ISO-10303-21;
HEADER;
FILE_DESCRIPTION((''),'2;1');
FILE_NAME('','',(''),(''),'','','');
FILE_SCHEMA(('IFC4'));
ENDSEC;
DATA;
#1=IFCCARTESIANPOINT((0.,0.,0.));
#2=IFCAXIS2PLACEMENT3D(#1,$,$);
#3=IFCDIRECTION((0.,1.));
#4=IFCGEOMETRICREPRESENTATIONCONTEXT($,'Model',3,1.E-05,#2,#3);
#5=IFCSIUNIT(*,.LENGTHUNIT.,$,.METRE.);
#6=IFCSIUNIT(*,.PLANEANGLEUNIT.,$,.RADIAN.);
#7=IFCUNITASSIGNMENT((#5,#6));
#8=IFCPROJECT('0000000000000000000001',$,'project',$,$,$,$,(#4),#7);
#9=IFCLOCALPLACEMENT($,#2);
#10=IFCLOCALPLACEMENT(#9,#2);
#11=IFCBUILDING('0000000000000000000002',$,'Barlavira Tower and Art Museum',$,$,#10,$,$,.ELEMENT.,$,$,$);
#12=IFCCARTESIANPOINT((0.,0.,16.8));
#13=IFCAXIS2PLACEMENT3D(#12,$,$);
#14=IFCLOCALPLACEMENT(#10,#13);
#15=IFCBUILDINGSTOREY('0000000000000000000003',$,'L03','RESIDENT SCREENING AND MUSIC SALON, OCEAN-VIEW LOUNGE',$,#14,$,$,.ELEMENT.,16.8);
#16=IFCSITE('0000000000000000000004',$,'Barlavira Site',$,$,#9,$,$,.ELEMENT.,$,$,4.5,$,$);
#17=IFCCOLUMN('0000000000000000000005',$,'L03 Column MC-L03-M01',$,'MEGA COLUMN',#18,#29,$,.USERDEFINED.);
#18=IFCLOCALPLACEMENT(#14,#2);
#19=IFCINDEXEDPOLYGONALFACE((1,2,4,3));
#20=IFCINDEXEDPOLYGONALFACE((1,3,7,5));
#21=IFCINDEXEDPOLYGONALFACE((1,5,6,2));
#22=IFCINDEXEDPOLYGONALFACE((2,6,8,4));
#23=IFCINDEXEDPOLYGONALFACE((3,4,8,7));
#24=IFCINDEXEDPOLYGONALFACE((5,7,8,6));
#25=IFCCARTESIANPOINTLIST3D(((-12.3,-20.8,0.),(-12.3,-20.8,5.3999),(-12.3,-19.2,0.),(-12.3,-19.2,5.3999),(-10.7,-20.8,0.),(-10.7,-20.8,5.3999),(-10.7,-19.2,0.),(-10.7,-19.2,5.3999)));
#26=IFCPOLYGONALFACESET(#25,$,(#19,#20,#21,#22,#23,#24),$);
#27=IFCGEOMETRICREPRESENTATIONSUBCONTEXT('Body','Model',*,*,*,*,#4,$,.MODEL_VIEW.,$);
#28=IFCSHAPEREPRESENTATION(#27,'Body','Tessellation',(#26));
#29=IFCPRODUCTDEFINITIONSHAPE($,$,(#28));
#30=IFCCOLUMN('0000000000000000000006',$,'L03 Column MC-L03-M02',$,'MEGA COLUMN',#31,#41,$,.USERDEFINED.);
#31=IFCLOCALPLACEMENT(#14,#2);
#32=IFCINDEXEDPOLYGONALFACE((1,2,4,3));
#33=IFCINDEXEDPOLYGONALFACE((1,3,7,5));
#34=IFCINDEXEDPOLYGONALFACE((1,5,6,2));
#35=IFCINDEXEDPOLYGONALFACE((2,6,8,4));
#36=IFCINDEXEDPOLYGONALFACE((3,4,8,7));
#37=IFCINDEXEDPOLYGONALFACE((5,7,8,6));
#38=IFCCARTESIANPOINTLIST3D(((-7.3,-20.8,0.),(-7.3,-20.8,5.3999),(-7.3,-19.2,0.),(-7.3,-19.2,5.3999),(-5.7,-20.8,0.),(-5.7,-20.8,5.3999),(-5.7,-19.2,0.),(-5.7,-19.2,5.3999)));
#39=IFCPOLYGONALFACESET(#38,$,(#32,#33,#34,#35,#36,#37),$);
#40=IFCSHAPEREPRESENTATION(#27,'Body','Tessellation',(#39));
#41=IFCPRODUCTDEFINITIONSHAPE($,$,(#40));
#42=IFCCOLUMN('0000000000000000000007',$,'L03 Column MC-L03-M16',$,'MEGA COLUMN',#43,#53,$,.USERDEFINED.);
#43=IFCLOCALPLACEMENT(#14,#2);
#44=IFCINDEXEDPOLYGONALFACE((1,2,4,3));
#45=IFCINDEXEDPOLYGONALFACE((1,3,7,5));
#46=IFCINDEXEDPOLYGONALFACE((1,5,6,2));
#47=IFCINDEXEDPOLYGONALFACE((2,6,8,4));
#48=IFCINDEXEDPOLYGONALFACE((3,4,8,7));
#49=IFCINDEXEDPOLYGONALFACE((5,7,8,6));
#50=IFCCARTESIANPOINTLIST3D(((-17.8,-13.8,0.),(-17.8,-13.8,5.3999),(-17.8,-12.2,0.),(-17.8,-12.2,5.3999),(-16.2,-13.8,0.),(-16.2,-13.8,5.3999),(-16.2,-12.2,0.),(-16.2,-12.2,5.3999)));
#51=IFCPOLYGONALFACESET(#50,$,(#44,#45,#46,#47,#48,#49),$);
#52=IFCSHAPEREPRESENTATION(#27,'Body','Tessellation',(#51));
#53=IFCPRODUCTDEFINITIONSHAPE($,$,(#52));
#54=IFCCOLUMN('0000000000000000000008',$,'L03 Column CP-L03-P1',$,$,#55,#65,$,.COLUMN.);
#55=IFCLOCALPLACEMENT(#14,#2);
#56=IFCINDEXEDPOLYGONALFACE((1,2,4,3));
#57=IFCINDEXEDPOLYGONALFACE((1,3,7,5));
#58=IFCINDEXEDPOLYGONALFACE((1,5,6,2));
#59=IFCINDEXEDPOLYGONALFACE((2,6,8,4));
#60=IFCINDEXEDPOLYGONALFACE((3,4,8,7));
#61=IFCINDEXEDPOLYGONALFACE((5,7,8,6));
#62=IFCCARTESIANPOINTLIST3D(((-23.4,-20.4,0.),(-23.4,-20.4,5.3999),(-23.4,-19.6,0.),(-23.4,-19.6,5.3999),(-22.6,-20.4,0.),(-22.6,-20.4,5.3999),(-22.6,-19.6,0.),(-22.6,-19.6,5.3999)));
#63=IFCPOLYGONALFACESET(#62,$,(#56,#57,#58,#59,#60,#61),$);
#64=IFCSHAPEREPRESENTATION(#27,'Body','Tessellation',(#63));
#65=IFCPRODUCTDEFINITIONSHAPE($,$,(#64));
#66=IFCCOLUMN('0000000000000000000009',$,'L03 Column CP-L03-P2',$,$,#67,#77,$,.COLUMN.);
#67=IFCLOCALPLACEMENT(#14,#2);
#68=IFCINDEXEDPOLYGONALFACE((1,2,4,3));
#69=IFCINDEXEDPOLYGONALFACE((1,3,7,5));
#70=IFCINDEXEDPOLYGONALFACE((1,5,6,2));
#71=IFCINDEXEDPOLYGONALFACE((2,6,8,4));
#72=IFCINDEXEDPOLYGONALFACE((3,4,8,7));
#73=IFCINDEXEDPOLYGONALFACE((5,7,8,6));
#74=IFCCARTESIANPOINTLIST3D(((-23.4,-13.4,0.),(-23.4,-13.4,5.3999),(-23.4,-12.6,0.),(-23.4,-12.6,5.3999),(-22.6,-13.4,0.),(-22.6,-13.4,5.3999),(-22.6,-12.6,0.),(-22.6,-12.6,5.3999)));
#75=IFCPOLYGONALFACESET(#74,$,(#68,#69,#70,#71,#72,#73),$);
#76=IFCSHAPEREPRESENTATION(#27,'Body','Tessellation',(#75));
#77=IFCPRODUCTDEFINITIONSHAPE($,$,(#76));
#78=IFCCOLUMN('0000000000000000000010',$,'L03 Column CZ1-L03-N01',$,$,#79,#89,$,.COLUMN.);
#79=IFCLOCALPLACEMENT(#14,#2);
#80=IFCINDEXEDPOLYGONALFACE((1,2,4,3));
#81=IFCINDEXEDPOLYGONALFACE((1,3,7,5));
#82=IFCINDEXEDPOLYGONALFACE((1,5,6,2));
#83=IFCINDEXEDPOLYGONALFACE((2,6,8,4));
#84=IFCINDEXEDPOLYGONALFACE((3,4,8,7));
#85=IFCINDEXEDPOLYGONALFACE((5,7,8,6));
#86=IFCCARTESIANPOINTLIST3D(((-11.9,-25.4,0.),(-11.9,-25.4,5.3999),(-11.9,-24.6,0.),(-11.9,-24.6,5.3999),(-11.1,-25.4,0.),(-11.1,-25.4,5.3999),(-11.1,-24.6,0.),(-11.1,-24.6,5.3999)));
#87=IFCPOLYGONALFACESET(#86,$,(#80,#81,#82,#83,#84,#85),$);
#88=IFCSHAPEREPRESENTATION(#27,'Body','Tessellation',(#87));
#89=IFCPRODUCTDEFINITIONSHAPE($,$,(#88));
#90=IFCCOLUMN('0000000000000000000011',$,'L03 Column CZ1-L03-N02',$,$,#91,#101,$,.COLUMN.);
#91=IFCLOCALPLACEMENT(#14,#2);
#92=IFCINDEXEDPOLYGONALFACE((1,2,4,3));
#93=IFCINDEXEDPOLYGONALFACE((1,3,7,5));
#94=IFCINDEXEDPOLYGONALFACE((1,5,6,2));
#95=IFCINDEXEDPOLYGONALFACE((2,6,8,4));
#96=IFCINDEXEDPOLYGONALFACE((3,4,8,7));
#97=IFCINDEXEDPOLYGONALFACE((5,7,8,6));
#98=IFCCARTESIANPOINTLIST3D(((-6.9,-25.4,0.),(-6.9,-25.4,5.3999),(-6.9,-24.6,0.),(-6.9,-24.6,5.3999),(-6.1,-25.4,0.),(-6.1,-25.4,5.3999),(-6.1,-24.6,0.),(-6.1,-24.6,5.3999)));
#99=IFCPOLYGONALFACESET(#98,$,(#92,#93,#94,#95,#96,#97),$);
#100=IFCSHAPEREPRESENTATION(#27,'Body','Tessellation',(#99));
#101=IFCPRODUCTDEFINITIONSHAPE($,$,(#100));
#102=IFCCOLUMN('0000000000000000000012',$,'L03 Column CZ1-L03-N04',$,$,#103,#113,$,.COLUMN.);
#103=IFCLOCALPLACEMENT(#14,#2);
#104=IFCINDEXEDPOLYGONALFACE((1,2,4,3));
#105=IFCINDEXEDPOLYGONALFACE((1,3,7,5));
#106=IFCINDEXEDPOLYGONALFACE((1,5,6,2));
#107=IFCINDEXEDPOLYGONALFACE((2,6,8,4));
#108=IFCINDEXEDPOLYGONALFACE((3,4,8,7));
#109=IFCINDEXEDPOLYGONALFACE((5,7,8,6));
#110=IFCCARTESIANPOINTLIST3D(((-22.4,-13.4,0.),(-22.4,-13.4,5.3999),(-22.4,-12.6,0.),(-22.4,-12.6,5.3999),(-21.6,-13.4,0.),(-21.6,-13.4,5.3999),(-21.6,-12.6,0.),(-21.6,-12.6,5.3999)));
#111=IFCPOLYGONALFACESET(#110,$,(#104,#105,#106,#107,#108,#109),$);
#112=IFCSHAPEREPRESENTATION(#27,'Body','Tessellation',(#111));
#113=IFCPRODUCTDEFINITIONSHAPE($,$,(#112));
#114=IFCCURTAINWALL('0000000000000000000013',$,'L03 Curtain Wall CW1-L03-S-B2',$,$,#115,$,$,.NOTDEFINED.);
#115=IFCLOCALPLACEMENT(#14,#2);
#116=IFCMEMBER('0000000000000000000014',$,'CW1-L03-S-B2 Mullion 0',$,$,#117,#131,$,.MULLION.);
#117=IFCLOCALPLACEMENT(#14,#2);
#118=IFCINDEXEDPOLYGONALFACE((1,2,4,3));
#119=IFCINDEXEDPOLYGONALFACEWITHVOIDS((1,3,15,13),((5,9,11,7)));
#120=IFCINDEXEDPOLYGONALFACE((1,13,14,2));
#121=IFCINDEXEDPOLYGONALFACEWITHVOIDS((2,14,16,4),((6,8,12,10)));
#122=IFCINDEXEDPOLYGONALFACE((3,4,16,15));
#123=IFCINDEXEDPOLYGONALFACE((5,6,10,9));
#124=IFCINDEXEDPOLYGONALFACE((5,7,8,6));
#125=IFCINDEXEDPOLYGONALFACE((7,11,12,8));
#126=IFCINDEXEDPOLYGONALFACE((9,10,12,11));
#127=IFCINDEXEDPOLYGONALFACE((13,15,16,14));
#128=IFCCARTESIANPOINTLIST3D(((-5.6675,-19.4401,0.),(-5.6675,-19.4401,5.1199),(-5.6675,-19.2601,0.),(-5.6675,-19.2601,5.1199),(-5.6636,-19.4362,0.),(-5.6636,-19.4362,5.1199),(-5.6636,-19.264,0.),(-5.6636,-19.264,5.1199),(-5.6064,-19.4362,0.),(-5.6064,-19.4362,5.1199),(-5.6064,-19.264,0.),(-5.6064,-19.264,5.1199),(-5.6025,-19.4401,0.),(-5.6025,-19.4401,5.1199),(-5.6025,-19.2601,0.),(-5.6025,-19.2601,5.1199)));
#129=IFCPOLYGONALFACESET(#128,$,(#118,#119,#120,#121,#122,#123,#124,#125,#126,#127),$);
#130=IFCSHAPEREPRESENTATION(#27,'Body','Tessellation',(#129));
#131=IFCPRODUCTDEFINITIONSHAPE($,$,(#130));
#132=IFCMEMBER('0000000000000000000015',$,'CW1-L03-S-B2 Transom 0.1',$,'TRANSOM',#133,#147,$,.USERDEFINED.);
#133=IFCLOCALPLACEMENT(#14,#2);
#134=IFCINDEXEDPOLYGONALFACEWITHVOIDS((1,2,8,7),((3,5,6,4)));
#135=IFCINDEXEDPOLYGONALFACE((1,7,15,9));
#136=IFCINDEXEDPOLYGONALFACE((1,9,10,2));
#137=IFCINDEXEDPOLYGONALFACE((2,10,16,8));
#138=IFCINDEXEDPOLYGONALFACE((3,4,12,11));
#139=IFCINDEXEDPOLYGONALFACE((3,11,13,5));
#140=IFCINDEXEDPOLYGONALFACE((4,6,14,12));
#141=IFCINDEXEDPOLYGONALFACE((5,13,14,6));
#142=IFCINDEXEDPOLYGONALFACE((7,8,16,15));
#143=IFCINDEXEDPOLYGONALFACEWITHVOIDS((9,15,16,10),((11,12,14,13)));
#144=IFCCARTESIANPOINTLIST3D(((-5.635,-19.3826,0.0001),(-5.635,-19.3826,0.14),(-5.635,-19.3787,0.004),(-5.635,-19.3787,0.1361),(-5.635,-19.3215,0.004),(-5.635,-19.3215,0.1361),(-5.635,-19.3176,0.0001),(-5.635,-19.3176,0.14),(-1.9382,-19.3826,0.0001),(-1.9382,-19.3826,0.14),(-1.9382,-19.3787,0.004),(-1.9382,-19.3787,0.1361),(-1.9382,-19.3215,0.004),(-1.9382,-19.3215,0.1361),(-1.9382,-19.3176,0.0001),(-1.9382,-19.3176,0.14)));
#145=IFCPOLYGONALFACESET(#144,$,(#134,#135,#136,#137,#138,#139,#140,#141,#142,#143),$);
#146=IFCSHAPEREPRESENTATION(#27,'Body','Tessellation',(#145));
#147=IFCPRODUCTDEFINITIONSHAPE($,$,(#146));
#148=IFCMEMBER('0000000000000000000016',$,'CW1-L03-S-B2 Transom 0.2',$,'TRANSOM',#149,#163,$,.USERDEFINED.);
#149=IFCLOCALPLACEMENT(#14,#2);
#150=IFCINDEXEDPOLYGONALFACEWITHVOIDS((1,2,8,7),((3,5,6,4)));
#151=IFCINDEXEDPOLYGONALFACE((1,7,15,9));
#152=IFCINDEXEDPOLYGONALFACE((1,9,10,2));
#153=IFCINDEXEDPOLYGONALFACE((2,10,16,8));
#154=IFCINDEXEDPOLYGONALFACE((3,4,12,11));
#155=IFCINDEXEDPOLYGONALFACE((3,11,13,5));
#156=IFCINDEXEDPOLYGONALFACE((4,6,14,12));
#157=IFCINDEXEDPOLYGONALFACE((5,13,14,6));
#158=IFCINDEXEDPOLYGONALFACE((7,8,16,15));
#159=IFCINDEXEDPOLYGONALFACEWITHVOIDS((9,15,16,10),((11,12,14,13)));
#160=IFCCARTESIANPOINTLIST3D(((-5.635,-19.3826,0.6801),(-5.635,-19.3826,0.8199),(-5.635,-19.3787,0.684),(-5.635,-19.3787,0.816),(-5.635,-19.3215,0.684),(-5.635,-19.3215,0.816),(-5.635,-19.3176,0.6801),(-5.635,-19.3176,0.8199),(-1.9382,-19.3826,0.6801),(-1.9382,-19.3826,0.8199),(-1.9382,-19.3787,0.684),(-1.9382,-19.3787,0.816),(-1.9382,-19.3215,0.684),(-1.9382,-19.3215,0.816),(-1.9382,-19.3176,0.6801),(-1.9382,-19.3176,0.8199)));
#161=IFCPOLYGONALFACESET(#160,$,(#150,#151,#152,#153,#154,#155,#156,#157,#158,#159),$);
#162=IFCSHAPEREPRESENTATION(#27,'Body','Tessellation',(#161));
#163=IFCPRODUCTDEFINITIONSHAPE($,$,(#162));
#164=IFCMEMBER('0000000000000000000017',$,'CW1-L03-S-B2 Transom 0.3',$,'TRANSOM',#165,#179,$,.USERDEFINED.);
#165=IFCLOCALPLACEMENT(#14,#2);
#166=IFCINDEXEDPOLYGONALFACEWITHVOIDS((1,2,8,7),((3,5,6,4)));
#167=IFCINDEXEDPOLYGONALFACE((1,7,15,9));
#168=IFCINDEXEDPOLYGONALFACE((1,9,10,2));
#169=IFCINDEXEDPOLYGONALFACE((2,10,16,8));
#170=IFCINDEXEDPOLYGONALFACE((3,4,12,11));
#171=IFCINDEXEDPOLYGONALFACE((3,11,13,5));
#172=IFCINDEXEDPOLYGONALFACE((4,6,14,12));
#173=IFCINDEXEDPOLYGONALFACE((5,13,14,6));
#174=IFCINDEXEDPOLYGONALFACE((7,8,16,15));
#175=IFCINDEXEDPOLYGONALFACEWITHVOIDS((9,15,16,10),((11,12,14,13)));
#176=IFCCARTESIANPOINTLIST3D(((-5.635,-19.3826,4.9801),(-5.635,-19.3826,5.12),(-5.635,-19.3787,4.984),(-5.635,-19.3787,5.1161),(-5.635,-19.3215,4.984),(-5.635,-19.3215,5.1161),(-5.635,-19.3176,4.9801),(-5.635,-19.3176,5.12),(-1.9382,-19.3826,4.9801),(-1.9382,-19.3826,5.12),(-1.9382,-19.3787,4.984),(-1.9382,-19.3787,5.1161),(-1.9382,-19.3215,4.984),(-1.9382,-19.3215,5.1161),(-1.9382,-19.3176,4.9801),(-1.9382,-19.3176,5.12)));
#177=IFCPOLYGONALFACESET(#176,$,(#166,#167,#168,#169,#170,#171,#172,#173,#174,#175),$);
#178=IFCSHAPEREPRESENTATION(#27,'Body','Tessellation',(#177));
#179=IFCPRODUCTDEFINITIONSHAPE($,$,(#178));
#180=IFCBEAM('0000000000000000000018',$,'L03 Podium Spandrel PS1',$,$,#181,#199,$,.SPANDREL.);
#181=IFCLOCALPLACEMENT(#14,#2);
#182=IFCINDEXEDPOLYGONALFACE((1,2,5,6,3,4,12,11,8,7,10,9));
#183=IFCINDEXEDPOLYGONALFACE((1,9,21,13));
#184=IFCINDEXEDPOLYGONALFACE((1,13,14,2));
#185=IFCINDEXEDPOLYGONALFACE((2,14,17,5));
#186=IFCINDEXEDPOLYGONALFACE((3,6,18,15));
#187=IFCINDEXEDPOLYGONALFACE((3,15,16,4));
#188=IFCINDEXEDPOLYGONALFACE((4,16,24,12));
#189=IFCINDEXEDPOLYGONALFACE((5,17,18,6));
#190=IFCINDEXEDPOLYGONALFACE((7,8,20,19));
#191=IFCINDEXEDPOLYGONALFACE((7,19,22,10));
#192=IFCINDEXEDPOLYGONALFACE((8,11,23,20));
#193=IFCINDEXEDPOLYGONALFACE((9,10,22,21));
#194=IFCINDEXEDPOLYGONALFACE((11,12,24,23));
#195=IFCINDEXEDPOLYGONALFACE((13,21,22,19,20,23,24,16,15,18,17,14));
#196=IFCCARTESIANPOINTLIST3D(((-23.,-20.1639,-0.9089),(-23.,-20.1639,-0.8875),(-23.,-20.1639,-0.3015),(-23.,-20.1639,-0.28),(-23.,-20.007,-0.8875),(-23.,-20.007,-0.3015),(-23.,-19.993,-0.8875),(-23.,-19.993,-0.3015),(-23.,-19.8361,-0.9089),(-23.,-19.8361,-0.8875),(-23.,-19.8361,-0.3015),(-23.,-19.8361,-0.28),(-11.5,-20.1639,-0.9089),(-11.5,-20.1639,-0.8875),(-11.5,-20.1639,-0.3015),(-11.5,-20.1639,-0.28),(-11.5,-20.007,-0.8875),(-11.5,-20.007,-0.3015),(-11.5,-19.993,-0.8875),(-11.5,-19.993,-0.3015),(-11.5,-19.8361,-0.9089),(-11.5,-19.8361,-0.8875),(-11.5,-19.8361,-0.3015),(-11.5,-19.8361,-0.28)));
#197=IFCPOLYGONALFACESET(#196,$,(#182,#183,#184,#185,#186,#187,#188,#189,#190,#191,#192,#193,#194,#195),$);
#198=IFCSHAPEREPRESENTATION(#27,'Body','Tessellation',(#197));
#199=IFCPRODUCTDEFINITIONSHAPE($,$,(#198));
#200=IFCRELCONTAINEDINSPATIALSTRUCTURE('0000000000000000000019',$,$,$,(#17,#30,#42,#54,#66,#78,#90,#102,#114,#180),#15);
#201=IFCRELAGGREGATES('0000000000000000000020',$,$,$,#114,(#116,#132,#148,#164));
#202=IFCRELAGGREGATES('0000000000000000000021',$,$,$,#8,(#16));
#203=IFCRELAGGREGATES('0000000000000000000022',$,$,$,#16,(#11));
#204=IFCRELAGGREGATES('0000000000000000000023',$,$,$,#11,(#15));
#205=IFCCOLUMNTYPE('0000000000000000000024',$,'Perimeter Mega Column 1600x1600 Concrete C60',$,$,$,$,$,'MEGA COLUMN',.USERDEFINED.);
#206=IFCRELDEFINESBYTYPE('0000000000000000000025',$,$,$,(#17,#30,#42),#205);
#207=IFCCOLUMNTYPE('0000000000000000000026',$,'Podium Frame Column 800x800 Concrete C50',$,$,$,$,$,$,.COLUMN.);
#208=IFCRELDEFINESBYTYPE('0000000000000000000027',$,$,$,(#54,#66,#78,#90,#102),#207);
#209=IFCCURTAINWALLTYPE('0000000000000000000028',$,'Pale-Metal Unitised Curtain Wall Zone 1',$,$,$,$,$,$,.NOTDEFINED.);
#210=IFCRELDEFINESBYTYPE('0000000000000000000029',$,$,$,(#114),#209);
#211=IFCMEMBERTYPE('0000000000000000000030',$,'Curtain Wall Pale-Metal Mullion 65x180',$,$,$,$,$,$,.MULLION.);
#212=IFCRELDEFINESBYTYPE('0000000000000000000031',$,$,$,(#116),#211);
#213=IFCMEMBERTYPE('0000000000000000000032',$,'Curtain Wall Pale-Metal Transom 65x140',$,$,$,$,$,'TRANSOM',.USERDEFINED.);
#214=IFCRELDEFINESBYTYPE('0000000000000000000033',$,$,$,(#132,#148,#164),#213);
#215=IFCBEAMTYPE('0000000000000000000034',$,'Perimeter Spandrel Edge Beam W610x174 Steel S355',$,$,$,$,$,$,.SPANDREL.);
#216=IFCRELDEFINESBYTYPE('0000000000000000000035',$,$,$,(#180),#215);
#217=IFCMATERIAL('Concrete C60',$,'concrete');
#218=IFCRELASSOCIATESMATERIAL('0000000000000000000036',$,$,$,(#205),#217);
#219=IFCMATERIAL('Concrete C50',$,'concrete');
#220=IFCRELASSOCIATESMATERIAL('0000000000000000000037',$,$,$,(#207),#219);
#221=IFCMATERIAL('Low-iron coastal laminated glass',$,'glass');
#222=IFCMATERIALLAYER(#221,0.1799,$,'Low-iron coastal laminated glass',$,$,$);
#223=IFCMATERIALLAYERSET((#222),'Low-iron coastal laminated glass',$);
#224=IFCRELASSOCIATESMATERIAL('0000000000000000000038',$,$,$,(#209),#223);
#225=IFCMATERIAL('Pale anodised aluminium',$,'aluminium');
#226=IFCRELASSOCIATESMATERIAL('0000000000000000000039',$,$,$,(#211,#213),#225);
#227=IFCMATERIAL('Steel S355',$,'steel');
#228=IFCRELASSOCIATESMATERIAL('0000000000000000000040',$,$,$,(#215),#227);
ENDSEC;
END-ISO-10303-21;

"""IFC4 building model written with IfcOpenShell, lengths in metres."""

from ifc_helpers import new_model, si_unit, direction, frame, origin, origin_2d, place, context, subcontext, project, spatial, rectangle, hollow_rectangle, i_section, extrude, material, layer, layer_set, material_profile, profile_set, type_object, element, aggregate, save


model = new_model("IFC4")

# Units and contexts
model_context = context("Model", 3, precision=1e-05, world=origin(), true_north=direction((0.0, 1.0)))
body_context = subcontext(model_context, "Body", "Model", "MODEL_VIEW")
ifc_project = project(units=[si_unit("LENGTHUNIT", "METRE"), si_unit("PLANEANGLEUNIT", "RADIAN")], contexts=[model_context])

# Site, building, storey
site_placement = place(None, origin())
site = spatial("IfcSite", under=ifc_project, at=site_placement, Name="Barlavira Site", CompositionType="ELEMENT", RefElevation=4.5)
building_placement = place(site_placement, origin())
building = spatial("IfcBuilding", under=site, at=building_placement, Name="Barlavira Tower and Art Museum", CompositionType="ELEMENT")
storey_placement = place(building_placement, frame((0.0, 0.0, 16.8)))
storey = spatial("IfcBuildingStorey", under=building, at=storey_placement, Name="L03", Description="RESIDENT SCREENING AND MUSIC SALON, OCEAN-VIEW LOUNGE", CompositionType="ELEMENT", Elevation=16.8)

# Columns
ifc_material_1 = material(Name="Concrete C60", Category="concrete")
ifc_material_profile_1 = material_profile(ifc_material_1, rectangle(XDim=1.6001, YDim=1.6001, at=origin_2d()), Name="RC-MCOL 1600x1600")
ifc_profile_set_1 = profile_set([ifc_material_profile_1], Name="Concrete C60")
column_type_1 = type_object("IfcColumnType", Name="Perimeter Mega Column 1600x1600 Concrete C60", ElementType="MEGA COLUMN", PredefinedType="USERDEFINED", material=ifc_profile_set_1)
for number, where, z_axis, x_axis, name in (
    (1, (-11.5, -20.0, 0.0), (0.0, 0.0, 1.0), (1.0, 0.0, 0.0), "L03 Column MC-L03-M01"),
    (2, (-6.5, -20.0, 0.0), (0.0, 0.0, 1.0), (1.0, 0.0, 0.0), "L03 Column MC-L03-M02"),
    (3, (-17.0, -13.0, 0.0), (0.0, 0.0, 1.0), (1.0, 0.0, 0.0), "L03 Column MC-L03-M16"),
):
    element("IfcColumn", number, at=place(storey_placement, frame(where, z_axis=z_axis, x_axis=x_axis)), inside=storey, type_object=column_type_1, Name=name, ObjectType="MEGA COLUMN", PredefinedType="USERDEFINED", context=body_context, shape_type="SweptSolid", body=[
        extrude(rectangle(XDim=1.6001, YDim=1.6001, at=origin_2d()), origin(), (0.0, 0.0, 1.0), 5.3999),
    ])
ifc_material_2 = material(Name="Concrete C50", Category="concrete")
ifc_material_profile_2 = material_profile(ifc_material_2, rectangle(XDim=0.8, YDim=0.8, at=origin_2d()), Name="RC-COL 800x800")
ifc_profile_set_2 = profile_set([ifc_material_profile_2], Name="Concrete C50")
column_type_2 = type_object("IfcColumnType", Name="Podium Frame Column 800x800 Concrete C50", PredefinedType="COLUMN", material=ifc_profile_set_2)
for number, where, z_axis, x_axis, name in (
    (4, (-23.0, -20.0, 0.0), (0.0, 0.0, 1.0), (1.0, 0.0, 0.0), "L03 Column CP-L03-P1"),
    (5, (-23.0, -13.0, 0.0), (0.0, 0.0, 1.0), (1.0, 0.0, 0.0), "L03 Column CP-L03-P2"),
    (6, (-11.5, -25.0, 0.0), (0.0, 0.0, 1.0), (1.0, 0.0, 0.0), "L03 Column CZ1-L03-N01"),
    (7, (-6.5, -25.0, 0.0), (0.0, 0.0, 1.0), (1.0, 0.0, 0.0), "L03 Column CZ1-L03-N02"),
    (8, (-22.0, -13.0, 0.0), (0.0, 0.0, 1.0), (1.0, 0.0, 0.0), "L03 Column CZ1-L03-N04"),
):
    element("IfcColumn", number, at=place(storey_placement, frame(where, z_axis=z_axis, x_axis=x_axis)), inside=storey, type_object=column_type_2, Name=name, PredefinedType="COLUMN", context=body_context, shape_type="SweptSolid", body=[
        extrude(rectangle(XDim=0.8, YDim=0.8, at=origin_2d()), origin(), (0.0, 0.0, 1.0), 5.3999),
    ])

# Curtain wall, members
ifc_material_3 = material(Name="Low-iron coastal laminated glass", Category="glass")
ifc_layer_1 = layer(ifc_material_3, 0.1799, Name="Low-iron coastal laminated glass")
ifc_layer_set_1 = layer_set([ifc_layer_1], Name="Low-iron coastal laminated glass")
curtain_wall_type = type_object("IfcCurtainWallType", Name="Pale-Metal Unitised Curtain Wall Zone 1", PredefinedType="NOTDEFINED", material=ifc_layer_set_1)
curtain_wall_placement = place(storey_placement, origin())
curtain_wall = element("IfcCurtainWall", 9, at=curtain_wall_placement, inside=storey, type_object=curtain_wall_type, Name="L03 Curtain Wall CW1-L03-S-B2", PredefinedType="NOTDEFINED")
ifc_material_4 = material(Name="Pale anodised aluminium", Category="aluminium")
ifc_material_profile_3 = material_profile(ifc_material_4, hollow_rectangle(XDim=0.0649, YDim=0.1799, WallThickness=0.0039, at=origin_2d()), Name="ALU-MULL 65x180x4")
ifc_profile_set_3 = profile_set([ifc_material_profile_3], Name="Pale anodised aluminium")
member_type_1 = type_object("IfcMemberType", Name="Curtain Wall Pale-Metal Mullion 65x180", PredefinedType="MULLION", material=ifc_profile_set_3)
member_1_placement = place(storey_placement, frame((-5.635, -19.3501, 0.0), z_axis=(0.0, 0.0, 1.0), x_axis=(1.0, 0.0, 0.0)))
member_1 = element("IfcMember", 10, at=member_1_placement, type_object=member_type_1, Name="CW1-L03-S-B2 Mullion 0", PredefinedType="MULLION", context=body_context, shape_type="SweptSolid", body=[
    extrude(hollow_rectangle(XDim=0.0649, YDim=0.1799, WallThickness=0.0039, at=origin_2d()), origin(), (0.0, 0.0, 1.0), 5.1199),
])
ifc_material_profile_4 = material_profile(ifc_material_4, hollow_rectangle(XDim=0.0649, YDim=0.1399, WallThickness=0.0039, at=origin_2d()), Name="ALU-TRAN 65x140x4")
ifc_profile_set_4 = profile_set([ifc_material_profile_4], Name="Pale anodised aluminium")
member_type_2 = type_object("IfcMemberType", Name="Curtain Wall Pale-Metal Transom 65x140", ElementType="TRANSOM", PredefinedType="USERDEFINED", material=ifc_profile_set_4)
member_2_placement = place(storey_placement, frame((-5.635, -19.3501, 0.0701), z_axis=(1.0, 0.0, 0.0), x_axis=(0.0, 1.0, 0.0)))
member_2 = element("IfcMember", 11, at=member_2_placement, type_object=member_type_2, Name="CW1-L03-S-B2 Transom 0.1", ObjectType="TRANSOM", PredefinedType="USERDEFINED", context=body_context, shape_type="SweptSolid", body=[
    extrude(hollow_rectangle(XDim=0.0649, YDim=0.1399, WallThickness=0.0039, at=origin_2d()), origin(), (0.0, 0.0, 1.0), 3.6968),
])
member_3_placement = place(storey_placement, frame((-5.635, -19.3501, 0.75), z_axis=(1.0, 0.0, 0.0), x_axis=(0.0, 1.0, 0.0)))
member_3 = element("IfcMember", 12, at=member_3_placement, type_object=member_type_2, Name="CW1-L03-S-B2 Transom 0.2", ObjectType="TRANSOM", PredefinedType="USERDEFINED", context=body_context, shape_type="SweptSolid", body=[
    extrude(hollow_rectangle(XDim=0.0649, YDim=0.1399, WallThickness=0.0039, at=origin_2d()), origin(), (0.0, 0.0, 1.0), 3.6968),
])
member_4_placement = place(storey_placement, frame((-5.635, -19.3501, 5.05), z_axis=(1.0, 0.0, 0.0), x_axis=(0.0, 1.0, 0.0)))
member_4 = element("IfcMember", 13, at=member_4_placement, type_object=member_type_2, Name="CW1-L03-S-B2 Transom 0.3", ObjectType="TRANSOM", PredefinedType="USERDEFINED", context=body_context, shape_type="SweptSolid", body=[
    extrude(hollow_rectangle(XDim=0.0649, YDim=0.1399, WallThickness=0.0039, at=origin_2d()), origin(), (0.0, 0.0, 1.0), 3.6968),
])

# Beam
ifc_material_5 = material(Name="Steel S355", Category="steel")
ifc_material_profile_5 = material_profile(ifc_material_5, i_section(OverallWidth=0.3279, OverallDepth=0.6289, WebThickness=0.0139, FlangeThickness=0.0215, at=origin_2d()), Name="W610x174.0")
ifc_profile_set_5 = profile_set([ifc_material_profile_5], Name="Steel S355")
beam_type_1 = type_object("IfcBeamType", Name="Perimeter Spandrel Edge Beam W610x174 Steel S355", PredefinedType="SPANDREL", material=ifc_profile_set_5)
beam_1_placement = place(storey_placement, frame((-23.0, -20.0, -0.5945), z_axis=(1.0, 0.0, 0.0), x_axis=(0.0, 1.0, 0.0)))
element("IfcBeam", 14, at=beam_1_placement, inside=storey, type_object=beam_type_1, Name="L03 Podium Spandrel PS1", PredefinedType="SPANDREL", context=body_context, shape_type="SweptSolid", body=[
    extrude(i_section(OverallWidth=0.3279, OverallDepth=0.6289, WebThickness=0.0139, FlangeThickness=0.0215, at=origin_2d()), origin(), (0.0, 0.0, 1.0), 11.5),
])

aggregate(curtain_wall, [member_1, member_2, member_3, member_4])

save(model, "model.ifc")
